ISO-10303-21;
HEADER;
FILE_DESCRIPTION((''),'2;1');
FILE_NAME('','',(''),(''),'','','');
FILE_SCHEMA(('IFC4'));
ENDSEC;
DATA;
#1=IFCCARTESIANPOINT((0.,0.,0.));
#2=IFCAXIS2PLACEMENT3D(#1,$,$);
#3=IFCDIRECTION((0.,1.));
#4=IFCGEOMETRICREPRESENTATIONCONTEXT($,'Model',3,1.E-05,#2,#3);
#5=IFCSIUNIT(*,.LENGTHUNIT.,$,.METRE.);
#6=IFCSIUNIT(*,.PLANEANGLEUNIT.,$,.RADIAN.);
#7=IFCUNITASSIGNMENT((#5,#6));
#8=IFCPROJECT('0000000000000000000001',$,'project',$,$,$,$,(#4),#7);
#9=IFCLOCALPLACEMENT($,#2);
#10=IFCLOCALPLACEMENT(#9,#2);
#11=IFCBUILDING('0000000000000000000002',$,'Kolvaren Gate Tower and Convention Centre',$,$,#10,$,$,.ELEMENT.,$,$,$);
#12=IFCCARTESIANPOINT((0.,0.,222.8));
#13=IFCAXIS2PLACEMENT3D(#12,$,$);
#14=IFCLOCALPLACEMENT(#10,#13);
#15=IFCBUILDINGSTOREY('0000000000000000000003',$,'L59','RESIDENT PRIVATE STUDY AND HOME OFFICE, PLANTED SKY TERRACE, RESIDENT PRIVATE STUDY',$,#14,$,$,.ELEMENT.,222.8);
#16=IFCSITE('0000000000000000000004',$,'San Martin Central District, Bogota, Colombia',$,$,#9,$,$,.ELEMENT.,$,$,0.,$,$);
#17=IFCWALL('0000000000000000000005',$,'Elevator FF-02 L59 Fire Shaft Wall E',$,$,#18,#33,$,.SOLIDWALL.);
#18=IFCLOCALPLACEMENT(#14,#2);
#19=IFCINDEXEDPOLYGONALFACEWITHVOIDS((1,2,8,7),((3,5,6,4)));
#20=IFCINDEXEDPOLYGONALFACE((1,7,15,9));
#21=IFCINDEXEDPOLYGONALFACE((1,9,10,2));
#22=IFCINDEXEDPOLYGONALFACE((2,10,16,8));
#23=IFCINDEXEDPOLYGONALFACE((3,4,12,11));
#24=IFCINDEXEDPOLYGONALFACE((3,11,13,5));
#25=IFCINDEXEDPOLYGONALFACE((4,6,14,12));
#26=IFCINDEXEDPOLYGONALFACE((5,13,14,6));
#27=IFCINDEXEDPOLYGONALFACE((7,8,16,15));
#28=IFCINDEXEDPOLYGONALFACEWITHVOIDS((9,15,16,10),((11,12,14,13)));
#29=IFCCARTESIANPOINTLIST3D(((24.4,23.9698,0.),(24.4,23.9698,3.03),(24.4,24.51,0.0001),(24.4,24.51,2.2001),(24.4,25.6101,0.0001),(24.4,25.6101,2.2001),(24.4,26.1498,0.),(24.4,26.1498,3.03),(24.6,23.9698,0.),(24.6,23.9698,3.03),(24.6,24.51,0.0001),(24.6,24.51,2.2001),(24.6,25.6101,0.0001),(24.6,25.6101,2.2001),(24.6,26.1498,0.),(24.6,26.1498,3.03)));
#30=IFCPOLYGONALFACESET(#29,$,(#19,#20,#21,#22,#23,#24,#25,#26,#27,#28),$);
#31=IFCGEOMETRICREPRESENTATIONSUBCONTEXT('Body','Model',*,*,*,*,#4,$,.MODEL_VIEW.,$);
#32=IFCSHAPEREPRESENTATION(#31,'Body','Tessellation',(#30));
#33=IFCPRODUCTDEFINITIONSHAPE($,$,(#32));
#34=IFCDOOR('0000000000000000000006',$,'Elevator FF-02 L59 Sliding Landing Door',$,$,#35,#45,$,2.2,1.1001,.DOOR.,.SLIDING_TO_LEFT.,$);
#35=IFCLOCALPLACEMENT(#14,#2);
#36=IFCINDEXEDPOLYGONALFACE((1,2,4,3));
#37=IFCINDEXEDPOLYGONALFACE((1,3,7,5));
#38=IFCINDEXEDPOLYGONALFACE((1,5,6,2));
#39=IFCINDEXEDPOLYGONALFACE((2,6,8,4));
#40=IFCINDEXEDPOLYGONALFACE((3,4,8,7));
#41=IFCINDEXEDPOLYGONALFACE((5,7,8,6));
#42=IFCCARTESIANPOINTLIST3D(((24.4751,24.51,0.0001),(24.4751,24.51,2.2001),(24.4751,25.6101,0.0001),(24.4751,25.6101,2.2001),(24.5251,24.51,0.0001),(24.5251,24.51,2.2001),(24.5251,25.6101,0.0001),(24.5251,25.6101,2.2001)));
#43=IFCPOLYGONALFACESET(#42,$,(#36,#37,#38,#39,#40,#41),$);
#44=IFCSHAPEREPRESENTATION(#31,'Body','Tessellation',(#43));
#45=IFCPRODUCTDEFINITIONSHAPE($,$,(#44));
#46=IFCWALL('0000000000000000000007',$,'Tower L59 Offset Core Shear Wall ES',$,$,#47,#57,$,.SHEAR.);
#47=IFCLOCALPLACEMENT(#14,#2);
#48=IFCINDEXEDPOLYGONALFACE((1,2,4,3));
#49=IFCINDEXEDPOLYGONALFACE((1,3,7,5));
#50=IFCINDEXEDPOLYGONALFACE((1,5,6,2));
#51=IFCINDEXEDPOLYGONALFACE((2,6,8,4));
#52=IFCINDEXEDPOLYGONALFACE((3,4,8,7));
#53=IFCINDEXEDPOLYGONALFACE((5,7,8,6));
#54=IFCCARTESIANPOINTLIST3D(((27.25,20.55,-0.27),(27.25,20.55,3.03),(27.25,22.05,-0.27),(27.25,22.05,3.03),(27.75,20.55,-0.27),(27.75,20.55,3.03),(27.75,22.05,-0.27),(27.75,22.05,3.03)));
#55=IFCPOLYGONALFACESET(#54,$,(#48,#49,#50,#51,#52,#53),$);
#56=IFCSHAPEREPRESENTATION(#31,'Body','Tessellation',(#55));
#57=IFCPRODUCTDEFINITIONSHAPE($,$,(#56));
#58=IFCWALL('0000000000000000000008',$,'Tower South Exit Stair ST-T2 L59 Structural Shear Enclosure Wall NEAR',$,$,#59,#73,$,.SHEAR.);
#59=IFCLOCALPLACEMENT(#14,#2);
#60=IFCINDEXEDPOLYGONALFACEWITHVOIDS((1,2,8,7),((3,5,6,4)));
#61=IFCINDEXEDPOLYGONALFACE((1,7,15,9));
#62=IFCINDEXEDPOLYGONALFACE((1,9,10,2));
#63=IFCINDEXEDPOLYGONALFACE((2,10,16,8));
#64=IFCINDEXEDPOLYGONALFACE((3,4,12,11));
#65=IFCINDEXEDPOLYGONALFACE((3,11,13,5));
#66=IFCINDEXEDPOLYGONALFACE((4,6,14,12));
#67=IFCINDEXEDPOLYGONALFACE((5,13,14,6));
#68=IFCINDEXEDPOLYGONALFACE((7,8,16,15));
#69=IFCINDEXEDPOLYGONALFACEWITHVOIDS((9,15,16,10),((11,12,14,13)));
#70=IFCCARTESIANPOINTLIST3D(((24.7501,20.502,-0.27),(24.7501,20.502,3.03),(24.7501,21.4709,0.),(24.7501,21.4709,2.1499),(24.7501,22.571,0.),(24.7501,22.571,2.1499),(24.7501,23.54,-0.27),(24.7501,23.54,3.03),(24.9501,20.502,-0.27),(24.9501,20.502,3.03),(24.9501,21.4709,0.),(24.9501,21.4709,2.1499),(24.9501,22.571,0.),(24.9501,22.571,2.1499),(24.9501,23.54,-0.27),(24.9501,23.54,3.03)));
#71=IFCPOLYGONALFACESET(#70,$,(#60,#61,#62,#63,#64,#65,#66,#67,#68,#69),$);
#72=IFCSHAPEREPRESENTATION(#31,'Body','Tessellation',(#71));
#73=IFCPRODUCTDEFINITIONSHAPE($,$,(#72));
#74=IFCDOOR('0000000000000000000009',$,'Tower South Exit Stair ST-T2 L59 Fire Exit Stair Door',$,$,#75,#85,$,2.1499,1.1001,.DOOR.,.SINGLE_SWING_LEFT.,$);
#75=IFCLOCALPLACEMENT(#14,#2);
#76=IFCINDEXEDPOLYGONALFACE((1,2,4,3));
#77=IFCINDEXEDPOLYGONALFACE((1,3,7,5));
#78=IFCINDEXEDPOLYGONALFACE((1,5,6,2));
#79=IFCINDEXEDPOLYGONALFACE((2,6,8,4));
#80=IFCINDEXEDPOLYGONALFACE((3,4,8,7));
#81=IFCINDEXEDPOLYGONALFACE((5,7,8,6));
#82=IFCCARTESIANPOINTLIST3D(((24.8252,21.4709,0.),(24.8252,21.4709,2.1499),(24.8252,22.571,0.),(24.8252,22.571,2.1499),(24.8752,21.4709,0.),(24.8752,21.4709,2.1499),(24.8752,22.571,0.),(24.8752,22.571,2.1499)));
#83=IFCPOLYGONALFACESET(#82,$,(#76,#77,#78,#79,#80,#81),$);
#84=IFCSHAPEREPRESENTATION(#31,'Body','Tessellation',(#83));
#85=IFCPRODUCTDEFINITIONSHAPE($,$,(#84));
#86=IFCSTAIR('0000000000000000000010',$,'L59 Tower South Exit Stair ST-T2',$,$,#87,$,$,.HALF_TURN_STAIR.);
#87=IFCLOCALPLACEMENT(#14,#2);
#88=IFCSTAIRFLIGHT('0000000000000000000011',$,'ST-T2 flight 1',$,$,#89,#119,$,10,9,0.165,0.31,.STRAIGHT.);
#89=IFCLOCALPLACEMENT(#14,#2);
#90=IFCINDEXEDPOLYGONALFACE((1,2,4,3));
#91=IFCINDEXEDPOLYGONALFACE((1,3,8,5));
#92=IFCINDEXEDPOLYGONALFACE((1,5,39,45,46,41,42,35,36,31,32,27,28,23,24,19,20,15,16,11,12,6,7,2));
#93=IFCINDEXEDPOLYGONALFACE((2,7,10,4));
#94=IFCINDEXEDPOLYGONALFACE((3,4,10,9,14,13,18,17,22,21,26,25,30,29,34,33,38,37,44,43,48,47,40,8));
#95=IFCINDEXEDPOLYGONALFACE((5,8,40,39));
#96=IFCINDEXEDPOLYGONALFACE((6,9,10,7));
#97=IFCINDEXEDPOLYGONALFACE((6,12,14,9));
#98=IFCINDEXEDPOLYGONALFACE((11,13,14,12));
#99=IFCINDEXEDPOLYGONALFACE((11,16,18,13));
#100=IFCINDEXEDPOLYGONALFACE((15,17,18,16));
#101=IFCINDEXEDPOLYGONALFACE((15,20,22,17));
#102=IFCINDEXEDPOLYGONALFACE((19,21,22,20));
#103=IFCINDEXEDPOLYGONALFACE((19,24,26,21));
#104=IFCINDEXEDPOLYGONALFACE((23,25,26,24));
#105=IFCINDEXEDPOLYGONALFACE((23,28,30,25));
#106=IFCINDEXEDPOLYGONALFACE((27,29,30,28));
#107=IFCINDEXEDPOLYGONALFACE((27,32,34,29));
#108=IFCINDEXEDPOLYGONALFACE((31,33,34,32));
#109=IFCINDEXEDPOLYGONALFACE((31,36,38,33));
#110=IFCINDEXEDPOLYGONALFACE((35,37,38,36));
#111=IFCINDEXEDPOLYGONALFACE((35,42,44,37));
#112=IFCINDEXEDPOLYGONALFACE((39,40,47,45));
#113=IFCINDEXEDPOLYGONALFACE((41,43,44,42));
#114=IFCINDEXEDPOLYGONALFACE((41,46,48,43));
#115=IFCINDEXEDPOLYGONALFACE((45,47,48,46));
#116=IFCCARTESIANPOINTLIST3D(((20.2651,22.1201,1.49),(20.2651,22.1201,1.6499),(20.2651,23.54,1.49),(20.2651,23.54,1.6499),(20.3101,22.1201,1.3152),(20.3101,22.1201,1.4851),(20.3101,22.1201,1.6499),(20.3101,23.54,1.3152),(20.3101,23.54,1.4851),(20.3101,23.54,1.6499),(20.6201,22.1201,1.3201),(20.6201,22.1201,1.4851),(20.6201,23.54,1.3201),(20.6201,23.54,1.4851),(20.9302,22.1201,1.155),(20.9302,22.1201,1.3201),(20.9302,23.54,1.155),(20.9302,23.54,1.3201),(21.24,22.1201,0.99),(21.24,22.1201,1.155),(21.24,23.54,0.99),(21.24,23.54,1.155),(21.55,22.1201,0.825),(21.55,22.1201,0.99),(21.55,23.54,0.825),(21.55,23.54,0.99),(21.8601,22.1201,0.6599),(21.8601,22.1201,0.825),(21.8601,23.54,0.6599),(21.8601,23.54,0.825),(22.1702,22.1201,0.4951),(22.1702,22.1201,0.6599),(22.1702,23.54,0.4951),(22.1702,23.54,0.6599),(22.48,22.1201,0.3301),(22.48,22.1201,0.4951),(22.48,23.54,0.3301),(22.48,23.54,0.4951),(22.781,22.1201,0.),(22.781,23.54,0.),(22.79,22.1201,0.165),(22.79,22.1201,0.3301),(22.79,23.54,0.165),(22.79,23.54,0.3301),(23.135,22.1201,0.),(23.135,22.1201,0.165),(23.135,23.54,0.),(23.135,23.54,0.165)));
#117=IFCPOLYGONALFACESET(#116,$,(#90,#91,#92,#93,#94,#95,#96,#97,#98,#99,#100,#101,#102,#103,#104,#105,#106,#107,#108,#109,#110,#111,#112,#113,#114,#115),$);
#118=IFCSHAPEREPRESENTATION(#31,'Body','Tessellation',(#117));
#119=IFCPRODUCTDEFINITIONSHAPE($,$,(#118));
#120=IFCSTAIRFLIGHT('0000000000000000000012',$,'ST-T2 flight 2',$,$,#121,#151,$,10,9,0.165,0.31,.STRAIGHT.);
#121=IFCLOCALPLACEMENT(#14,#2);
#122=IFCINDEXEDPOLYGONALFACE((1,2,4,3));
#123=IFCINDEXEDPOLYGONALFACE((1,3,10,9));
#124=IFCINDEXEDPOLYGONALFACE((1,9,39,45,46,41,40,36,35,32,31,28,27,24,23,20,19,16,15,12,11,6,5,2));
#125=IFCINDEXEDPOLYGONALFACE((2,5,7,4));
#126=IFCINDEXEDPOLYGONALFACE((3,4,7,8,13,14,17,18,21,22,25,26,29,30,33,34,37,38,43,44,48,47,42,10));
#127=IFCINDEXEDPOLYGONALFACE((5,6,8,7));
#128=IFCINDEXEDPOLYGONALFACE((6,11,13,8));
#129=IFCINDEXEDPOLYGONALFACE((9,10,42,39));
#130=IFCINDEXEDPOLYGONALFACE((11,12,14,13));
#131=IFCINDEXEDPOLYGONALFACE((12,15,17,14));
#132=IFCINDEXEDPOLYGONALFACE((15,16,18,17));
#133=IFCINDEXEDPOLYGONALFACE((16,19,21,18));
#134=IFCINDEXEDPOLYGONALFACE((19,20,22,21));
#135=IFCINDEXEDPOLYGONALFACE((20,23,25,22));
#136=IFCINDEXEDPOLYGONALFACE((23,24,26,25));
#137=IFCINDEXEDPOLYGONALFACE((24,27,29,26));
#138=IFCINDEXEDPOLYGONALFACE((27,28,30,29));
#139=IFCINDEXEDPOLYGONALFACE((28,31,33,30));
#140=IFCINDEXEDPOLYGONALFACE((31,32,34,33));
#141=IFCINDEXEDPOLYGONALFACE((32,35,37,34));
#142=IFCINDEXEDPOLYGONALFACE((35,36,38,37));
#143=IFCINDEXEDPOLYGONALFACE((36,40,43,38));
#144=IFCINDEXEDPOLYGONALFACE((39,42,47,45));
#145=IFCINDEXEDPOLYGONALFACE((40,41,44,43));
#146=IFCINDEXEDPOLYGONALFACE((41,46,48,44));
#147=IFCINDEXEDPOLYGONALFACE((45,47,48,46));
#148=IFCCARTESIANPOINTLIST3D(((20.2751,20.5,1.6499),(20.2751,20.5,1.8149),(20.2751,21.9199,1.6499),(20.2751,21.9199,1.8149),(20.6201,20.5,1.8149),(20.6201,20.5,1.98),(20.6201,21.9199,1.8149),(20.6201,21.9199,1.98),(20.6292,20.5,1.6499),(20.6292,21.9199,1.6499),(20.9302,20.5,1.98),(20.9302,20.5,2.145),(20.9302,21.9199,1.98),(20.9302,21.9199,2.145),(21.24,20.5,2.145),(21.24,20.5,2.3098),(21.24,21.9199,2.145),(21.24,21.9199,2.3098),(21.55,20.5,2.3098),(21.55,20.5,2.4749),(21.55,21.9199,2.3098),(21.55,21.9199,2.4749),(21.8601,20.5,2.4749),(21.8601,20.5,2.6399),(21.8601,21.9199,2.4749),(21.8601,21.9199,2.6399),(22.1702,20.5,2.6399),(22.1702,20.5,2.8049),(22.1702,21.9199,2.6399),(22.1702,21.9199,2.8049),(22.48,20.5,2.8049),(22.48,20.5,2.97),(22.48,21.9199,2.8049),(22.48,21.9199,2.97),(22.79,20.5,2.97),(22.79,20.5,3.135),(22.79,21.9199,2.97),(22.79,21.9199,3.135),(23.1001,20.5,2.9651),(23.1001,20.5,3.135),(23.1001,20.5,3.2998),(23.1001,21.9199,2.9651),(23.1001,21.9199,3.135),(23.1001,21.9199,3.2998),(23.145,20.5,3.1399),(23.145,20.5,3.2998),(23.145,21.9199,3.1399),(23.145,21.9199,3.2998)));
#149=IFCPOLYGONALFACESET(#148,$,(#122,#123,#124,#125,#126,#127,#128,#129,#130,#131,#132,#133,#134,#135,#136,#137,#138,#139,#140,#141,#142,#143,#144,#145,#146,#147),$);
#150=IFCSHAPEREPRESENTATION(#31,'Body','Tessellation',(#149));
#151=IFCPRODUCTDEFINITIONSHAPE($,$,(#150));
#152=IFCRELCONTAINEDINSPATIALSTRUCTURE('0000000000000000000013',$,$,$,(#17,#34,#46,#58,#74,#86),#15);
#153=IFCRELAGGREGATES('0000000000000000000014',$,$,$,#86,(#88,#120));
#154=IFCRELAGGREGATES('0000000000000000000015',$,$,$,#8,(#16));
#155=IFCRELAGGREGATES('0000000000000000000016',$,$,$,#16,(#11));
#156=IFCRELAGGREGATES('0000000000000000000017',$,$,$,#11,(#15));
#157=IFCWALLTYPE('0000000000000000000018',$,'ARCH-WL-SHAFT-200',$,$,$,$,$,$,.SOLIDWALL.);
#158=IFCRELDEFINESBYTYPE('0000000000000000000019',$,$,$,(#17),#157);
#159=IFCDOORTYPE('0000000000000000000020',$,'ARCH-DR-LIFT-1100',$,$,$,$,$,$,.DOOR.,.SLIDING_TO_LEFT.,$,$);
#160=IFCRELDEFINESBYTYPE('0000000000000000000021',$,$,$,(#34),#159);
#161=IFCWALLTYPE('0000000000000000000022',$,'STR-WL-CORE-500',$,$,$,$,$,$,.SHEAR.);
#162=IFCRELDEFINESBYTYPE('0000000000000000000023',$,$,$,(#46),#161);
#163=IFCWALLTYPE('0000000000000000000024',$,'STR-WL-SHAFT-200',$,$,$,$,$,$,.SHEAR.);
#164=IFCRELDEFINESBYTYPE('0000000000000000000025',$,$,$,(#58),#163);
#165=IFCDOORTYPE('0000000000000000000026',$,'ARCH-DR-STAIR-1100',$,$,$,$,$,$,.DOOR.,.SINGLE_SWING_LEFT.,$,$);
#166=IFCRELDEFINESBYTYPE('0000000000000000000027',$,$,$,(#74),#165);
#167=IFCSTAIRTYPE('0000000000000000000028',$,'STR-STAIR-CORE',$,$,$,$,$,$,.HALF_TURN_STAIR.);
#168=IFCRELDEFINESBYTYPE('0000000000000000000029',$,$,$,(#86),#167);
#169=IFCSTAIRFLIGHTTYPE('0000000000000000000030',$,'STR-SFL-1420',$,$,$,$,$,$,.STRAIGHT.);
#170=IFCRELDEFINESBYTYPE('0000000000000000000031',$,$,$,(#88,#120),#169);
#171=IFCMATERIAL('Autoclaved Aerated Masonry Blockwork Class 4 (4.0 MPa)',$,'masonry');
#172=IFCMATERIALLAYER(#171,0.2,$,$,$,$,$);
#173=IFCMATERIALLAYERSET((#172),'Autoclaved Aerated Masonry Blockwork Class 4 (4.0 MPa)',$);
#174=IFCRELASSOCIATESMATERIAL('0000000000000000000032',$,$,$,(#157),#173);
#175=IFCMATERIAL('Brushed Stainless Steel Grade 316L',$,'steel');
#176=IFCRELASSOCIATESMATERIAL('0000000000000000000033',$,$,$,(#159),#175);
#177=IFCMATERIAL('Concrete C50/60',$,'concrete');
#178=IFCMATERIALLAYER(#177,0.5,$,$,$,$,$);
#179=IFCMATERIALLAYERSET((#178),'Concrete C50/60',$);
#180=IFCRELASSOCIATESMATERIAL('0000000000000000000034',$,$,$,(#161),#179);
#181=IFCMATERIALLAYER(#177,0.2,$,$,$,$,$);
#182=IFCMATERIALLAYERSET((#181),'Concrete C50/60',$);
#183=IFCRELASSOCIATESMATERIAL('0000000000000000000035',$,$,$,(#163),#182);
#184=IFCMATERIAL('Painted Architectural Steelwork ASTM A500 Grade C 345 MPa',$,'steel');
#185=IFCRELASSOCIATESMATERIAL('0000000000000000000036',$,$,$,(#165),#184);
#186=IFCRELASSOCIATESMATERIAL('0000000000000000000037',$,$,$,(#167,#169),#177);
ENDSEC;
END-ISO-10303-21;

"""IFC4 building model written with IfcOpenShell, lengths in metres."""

from ifc_helpers import new_model, si_unit, direction, frame, frame_2d, origin, place, context, subcontext, project, spatial, polyline, rectangle, outline, extrude, material, layer, layer_set, type_object, element, fill, aggregate, save


model = new_model("IFC4")

# Units and contexts
model_context = context("Model", 3, precision=1e-05, world=origin(), true_north=direction((0.0, 1.0)))
body_context = subcontext(model_context, "Body", "Model", "MODEL_VIEW")
ifc_project = project(units=[si_unit("LENGTHUNIT", "METRE"), si_unit("PLANEANGLEUNIT", "RADIAN")], contexts=[model_context])

# Site, building, storey
site_placement = place(None, origin())
site = spatial("IfcSite", under=ifc_project, at=site_placement, Name="San Martin Central District, Bogota, Colombia", CompositionType="ELEMENT", RefElevation=0.0)
building_placement = place(site_placement, origin())
building = spatial("IfcBuilding", under=site, at=building_placement, Name="Kolvaren Gate Tower and Convention Centre", CompositionType="ELEMENT")
storey_placement = place(building_placement, frame((0.0, 0.0, 222.8)))
storey = spatial("IfcBuildingStorey", under=building, at=storey_placement, Name="L59", Description="RESIDENT PRIVATE STUDY AND HOME OFFICE, PLANTED SKY TERRACE, RESIDENT PRIVATE STUDY", CompositionType="ELEMENT", Elevation=222.8)

# Shared definitions
ifc_material_1 = material(Name="Autoclaved Aerated Masonry Blockwork Class 4 (4.0 MPa)", Category="masonry")

# Shared definitions
ifc_material_2 = material(Name="Painted Architectural Steelwork ASTM A500 Grade C 345 MPa", Category="steel")

# Shared definitions
ifc_layer_1 = layer(ifc_material_1, 0.2)
ifc_layer_set_1 = layer_set([ifc_layer_1], Name="Autoclaved Aerated Masonry Blockwork Class 4 (4.0 MPa)")
wall_type_1 = type_object("IfcWallType", Name="ARCH-WL-SHAFT-200", PredefinedType="SOLIDWALL", material=ifc_layer_set_1)

# Wall, opening, door
wall_1_placement = place(storey_placement, frame((24.5, 23.97, 0.0), z_axis=(0.0, 0.0, 1.0), x_axis=(0.0, 1.0, 0.0)))
wall_1 = element("IfcWall", 1, at=wall_1_placement, inside=storey, type_object=wall_type_1, Name="Elevator FF-02 L59 Fire Shaft Wall E", PredefinedType="SOLIDWALL", context=body_context, shape_type="SweptSolid", body=[
    extrude(rectangle(XDim=2.1799, YDim=0.2, at=frame_2d((1.0898, 0.0))), origin(), (0.0, 0.0, 1.0), 3.03),
])
opening_1_placement = place(wall_1_placement, frame((0.54, 0.0, 0.0)))
opening_1 = element("IfcOpeningElement", 2, at=opening_1_placement, cuts=wall_1, PredefinedType="OPENING", context=body_context, shape_type="SweptSolid", body=[
    extrude(rectangle(XDim=1.1001, YDim=2.2, at=frame_2d((0.55, 1.1001))), frame((0.0, 0.1099, 0.0), z_axis=(0.0, -1.0, 0.0), x_axis=(1.0, 0.0, 0.0)), (0.0, 0.0, 1.0), 0.22),
])
ifc_material_3 = material(Name="Brushed Stainless Steel Grade 316L", Category="steel")
door_type_1 = type_object("IfcDoorType", Name="ARCH-DR-LIFT-1100", OperationType="SLIDING_TO_LEFT", PredefinedType="DOOR", material=ifc_material_3)
door_1_placement = place(opening_1_placement, origin())
door_1 = element("IfcDoor", 3, at=door_1_placement, inside=storey, type_object=door_type_1, Name="Elevator FF-02 L59 Sliding Landing Door", OperationType="SLIDING_TO_LEFT", OverallHeight=2.2, OverallWidth=1.1001, PredefinedType="DOOR", context=body_context, shape_type="SweptSolid", body=[
    extrude(rectangle(XDim=1.1001, YDim=2.2, at=frame_2d((0.55, 1.1001))), frame((0.0, 0.0249, 0.0), z_axis=(0.0, -1.0, 0.0), x_axis=(1.0, 0.0, 0.0)), (0.0, 0.0, 1.0), 0.05),
])
fill(opening_1, door_1)

# Wall
ifc_material_4 = material(Name="Concrete C50/60", Category="concrete")
ifc_layer_2 = layer(ifc_material_4, 0.5)
ifc_layer_set_2 = layer_set([ifc_layer_2], Name="Concrete C50/60")
wall_type_2 = type_object("IfcWallType", Name="STR-WL-CORE-500", PredefinedType="SHEAR", material=ifc_layer_set_2)
wall_2_placement = place(storey_placement, frame((27.5, 20.55, -0.27), z_axis=(0.0, 0.0, 1.0), x_axis=(0.0, 1.0, 0.0)))
element("IfcWall", 4, at=wall_2_placement, inside=storey, type_object=wall_type_2, Name="Tower L59 Offset Core Shear Wall ES", PredefinedType="SHEAR", context=body_context, shape_type="SweptSolid", body=[
    extrude(rectangle(XDim=1.5, YDim=0.5, at=frame_2d((0.75, 0.0))), origin(), (0.0, 0.0, 1.0), 3.3),
])

# Wall, opening, door
ifc_layer_3 = layer(ifc_material_4, 0.2)
ifc_layer_set_3 = layer_set([ifc_layer_3], Name="Concrete C50/60")
wall_type_3 = type_object("IfcWallType", Name="STR-WL-SHAFT-200", PredefinedType="SHEAR", material=ifc_layer_set_3)
wall_3_placement = place(storey_placement, frame((24.8501, 20.502, -0.27), z_axis=(0.0, 0.0, 1.0), x_axis=(0.0, 1.0, 0.0)))
wall_3 = element("IfcWall", 5, at=wall_3_placement, inside=storey, type_object=wall_type_3, Name="Tower South Exit Stair ST-T2 L59 Structural Shear Enclosure Wall NEAR", PredefinedType="SHEAR", context=body_context, shape_type="SweptSolid", body=[
    extrude(rectangle(XDim=3.0381, YDim=0.2, at=frame_2d((1.519, 0.0))), origin(), (0.0, 0.0, 1.0), 3.3),
])
opening_2_placement = place(wall_3_placement, frame((0.969, 0.0, 0.27)))
opening_2 = element("IfcOpeningElement", 6, at=opening_2_placement, cuts=wall_3, PredefinedType="OPENING", context=body_context, shape_type="SweptSolid", body=[
    extrude(rectangle(XDim=1.1001, YDim=2.1499, at=frame_2d((0.55, 1.075))), frame((0.0, 0.1099, 0.0), z_axis=(0.0, -1.0, 0.0), x_axis=(1.0, 0.0, 0.0)), (0.0, 0.0, 1.0), 0.22),
])
door_type_2 = type_object("IfcDoorType", Name="ARCH-DR-STAIR-1100", OperationType="SINGLE_SWING_LEFT", PredefinedType="DOOR", material=ifc_material_2)
door_2_placement = place(opening_2_placement, origin())
door_2 = element("IfcDoor", 7, at=door_2_placement, inside=storey, type_object=door_type_2, Name="Tower South Exit Stair ST-T2 L59 Fire Exit Stair Door", OperationType="SINGLE_SWING_LEFT", OverallHeight=2.1499, OverallWidth=1.1001, PredefinedType="DOOR", context=body_context, shape_type="SweptSolid", body=[
    extrude(rectangle(XDim=1.1001, YDim=2.1499, at=frame_2d((0.55, 1.075))), frame((0.0, 0.0249, 0.0), z_axis=(0.0, -1.0, 0.0), x_axis=(1.0, 0.0, 0.0)), (0.0, 0.0, 1.0), 0.05),
])
fill(opening_2, door_2)

# Stair, stair flights
stair_type = type_object("IfcStairType", Name="STR-STAIR-CORE", PredefinedType="HALF_TURN_STAIR", material=ifc_material_4)
stair_placement = place(storey_placement, origin())
stair = element("IfcStair", 8, at=stair_placement, inside=storey, type_object=stair_type, Name="L59 Tower South Exit Stair ST-T2", PredefinedType="HALF_TURN_STAIR")
stair_flight_type = type_object("IfcStairFlightType", Name="STR-SFL-1420", PredefinedType="STRAIGHT", material=ifc_material_4)
stair_flight_1_placement = place(storey_placement, frame((23.1001, 22.8301, 0.0), z_axis=(0.0, 0.0, 1.0), x_axis=(-1.0, 0.0, 0.0)))
stair_flight_1 = element("IfcStairFlight", 9, at=stair_flight_1_placement, type_object=stair_flight_type, Name="ST-T2 flight 1", NumberOfRisers=10, NumberOfTreads=9, PredefinedType="STRAIGHT", RiserHeight=0.165, TreadLength=0.31, context=body_context, shape_type="SweptSolid", body=[
    extrude(outline(polyline([(-0.0349, 0.0), (-0.0349, 0.165), (0.3101, 0.165), (0.3101, 0.3301), (0.6201, 0.3301), (0.6201, 0.4951), (0.9299, 0.4951), (0.9299, 0.6599), (1.24, 0.6599), (1.24, 0.825), (1.55, 0.825), (1.55, 0.99), (1.8601, 0.99), (1.8601, 1.155), (2.1699, 1.155), (2.1699, 1.3201), (2.48, 1.3201), (2.48, 1.4851), (2.79, 1.4851), (2.79, 1.6499), (2.835, 1.6499), (2.835, 1.49), (2.79, 1.3152), (0.3191, 0.0), (-0.0349, 0.0)])), frame((0.0, 0.71, 0.0), z_axis=(0.0, -1.0, 0.0), x_axis=(1.0, 0.0, 0.0)), (0.0, 0.0, 1.0), 1.4199),
])
stair_flight_2_placement = place(storey_placement, frame((20.3101, 21.21, 1.6499), z_axis=(0.0, 0.0, 1.0), x_axis=(1.0, 0.0, 0.0)))
stair_flight_2 = element("IfcStairFlight", 10, at=stair_flight_2_placement, type_object=stair_flight_type, Name="ST-T2 flight 2", NumberOfRisers=10, NumberOfTreads=9, PredefinedType="STRAIGHT", RiserHeight=0.165, TreadLength=0.31, context=body_context, shape_type="SweptSolid", body=[
    extrude(outline(polyline([(-0.0349, 0.0), (-0.0349, 0.165), (0.3101, 0.165), (0.3101, 0.3301), (0.6201, 0.3301), (0.6201, 0.4951), (0.9299, 0.4951), (0.9299, 0.6599), (1.24, 0.6599), (1.24, 0.825), (1.55, 0.825), (1.55, 0.99), (1.8601, 0.99), (1.8601, 1.155), (2.1699, 1.155), (2.1699, 1.3201), (2.48, 1.3201), (2.48, 1.4851), (2.79, 1.4851), (2.79, 1.6499), (2.835, 1.6499), (2.835, 1.49), (2.79, 1.3152), (0.3191, 0.0), (-0.0349, 0.0)])), frame((0.0, 0.71, 0.0), z_axis=(0.0, -1.0, 0.0), x_axis=(1.0, 0.0, 0.0)), (0.0, 0.0, 1.0), 1.4199),
])
aggregate(stair, [stair_flight_1, stair_flight_2])

save(model, "model.ifc")
